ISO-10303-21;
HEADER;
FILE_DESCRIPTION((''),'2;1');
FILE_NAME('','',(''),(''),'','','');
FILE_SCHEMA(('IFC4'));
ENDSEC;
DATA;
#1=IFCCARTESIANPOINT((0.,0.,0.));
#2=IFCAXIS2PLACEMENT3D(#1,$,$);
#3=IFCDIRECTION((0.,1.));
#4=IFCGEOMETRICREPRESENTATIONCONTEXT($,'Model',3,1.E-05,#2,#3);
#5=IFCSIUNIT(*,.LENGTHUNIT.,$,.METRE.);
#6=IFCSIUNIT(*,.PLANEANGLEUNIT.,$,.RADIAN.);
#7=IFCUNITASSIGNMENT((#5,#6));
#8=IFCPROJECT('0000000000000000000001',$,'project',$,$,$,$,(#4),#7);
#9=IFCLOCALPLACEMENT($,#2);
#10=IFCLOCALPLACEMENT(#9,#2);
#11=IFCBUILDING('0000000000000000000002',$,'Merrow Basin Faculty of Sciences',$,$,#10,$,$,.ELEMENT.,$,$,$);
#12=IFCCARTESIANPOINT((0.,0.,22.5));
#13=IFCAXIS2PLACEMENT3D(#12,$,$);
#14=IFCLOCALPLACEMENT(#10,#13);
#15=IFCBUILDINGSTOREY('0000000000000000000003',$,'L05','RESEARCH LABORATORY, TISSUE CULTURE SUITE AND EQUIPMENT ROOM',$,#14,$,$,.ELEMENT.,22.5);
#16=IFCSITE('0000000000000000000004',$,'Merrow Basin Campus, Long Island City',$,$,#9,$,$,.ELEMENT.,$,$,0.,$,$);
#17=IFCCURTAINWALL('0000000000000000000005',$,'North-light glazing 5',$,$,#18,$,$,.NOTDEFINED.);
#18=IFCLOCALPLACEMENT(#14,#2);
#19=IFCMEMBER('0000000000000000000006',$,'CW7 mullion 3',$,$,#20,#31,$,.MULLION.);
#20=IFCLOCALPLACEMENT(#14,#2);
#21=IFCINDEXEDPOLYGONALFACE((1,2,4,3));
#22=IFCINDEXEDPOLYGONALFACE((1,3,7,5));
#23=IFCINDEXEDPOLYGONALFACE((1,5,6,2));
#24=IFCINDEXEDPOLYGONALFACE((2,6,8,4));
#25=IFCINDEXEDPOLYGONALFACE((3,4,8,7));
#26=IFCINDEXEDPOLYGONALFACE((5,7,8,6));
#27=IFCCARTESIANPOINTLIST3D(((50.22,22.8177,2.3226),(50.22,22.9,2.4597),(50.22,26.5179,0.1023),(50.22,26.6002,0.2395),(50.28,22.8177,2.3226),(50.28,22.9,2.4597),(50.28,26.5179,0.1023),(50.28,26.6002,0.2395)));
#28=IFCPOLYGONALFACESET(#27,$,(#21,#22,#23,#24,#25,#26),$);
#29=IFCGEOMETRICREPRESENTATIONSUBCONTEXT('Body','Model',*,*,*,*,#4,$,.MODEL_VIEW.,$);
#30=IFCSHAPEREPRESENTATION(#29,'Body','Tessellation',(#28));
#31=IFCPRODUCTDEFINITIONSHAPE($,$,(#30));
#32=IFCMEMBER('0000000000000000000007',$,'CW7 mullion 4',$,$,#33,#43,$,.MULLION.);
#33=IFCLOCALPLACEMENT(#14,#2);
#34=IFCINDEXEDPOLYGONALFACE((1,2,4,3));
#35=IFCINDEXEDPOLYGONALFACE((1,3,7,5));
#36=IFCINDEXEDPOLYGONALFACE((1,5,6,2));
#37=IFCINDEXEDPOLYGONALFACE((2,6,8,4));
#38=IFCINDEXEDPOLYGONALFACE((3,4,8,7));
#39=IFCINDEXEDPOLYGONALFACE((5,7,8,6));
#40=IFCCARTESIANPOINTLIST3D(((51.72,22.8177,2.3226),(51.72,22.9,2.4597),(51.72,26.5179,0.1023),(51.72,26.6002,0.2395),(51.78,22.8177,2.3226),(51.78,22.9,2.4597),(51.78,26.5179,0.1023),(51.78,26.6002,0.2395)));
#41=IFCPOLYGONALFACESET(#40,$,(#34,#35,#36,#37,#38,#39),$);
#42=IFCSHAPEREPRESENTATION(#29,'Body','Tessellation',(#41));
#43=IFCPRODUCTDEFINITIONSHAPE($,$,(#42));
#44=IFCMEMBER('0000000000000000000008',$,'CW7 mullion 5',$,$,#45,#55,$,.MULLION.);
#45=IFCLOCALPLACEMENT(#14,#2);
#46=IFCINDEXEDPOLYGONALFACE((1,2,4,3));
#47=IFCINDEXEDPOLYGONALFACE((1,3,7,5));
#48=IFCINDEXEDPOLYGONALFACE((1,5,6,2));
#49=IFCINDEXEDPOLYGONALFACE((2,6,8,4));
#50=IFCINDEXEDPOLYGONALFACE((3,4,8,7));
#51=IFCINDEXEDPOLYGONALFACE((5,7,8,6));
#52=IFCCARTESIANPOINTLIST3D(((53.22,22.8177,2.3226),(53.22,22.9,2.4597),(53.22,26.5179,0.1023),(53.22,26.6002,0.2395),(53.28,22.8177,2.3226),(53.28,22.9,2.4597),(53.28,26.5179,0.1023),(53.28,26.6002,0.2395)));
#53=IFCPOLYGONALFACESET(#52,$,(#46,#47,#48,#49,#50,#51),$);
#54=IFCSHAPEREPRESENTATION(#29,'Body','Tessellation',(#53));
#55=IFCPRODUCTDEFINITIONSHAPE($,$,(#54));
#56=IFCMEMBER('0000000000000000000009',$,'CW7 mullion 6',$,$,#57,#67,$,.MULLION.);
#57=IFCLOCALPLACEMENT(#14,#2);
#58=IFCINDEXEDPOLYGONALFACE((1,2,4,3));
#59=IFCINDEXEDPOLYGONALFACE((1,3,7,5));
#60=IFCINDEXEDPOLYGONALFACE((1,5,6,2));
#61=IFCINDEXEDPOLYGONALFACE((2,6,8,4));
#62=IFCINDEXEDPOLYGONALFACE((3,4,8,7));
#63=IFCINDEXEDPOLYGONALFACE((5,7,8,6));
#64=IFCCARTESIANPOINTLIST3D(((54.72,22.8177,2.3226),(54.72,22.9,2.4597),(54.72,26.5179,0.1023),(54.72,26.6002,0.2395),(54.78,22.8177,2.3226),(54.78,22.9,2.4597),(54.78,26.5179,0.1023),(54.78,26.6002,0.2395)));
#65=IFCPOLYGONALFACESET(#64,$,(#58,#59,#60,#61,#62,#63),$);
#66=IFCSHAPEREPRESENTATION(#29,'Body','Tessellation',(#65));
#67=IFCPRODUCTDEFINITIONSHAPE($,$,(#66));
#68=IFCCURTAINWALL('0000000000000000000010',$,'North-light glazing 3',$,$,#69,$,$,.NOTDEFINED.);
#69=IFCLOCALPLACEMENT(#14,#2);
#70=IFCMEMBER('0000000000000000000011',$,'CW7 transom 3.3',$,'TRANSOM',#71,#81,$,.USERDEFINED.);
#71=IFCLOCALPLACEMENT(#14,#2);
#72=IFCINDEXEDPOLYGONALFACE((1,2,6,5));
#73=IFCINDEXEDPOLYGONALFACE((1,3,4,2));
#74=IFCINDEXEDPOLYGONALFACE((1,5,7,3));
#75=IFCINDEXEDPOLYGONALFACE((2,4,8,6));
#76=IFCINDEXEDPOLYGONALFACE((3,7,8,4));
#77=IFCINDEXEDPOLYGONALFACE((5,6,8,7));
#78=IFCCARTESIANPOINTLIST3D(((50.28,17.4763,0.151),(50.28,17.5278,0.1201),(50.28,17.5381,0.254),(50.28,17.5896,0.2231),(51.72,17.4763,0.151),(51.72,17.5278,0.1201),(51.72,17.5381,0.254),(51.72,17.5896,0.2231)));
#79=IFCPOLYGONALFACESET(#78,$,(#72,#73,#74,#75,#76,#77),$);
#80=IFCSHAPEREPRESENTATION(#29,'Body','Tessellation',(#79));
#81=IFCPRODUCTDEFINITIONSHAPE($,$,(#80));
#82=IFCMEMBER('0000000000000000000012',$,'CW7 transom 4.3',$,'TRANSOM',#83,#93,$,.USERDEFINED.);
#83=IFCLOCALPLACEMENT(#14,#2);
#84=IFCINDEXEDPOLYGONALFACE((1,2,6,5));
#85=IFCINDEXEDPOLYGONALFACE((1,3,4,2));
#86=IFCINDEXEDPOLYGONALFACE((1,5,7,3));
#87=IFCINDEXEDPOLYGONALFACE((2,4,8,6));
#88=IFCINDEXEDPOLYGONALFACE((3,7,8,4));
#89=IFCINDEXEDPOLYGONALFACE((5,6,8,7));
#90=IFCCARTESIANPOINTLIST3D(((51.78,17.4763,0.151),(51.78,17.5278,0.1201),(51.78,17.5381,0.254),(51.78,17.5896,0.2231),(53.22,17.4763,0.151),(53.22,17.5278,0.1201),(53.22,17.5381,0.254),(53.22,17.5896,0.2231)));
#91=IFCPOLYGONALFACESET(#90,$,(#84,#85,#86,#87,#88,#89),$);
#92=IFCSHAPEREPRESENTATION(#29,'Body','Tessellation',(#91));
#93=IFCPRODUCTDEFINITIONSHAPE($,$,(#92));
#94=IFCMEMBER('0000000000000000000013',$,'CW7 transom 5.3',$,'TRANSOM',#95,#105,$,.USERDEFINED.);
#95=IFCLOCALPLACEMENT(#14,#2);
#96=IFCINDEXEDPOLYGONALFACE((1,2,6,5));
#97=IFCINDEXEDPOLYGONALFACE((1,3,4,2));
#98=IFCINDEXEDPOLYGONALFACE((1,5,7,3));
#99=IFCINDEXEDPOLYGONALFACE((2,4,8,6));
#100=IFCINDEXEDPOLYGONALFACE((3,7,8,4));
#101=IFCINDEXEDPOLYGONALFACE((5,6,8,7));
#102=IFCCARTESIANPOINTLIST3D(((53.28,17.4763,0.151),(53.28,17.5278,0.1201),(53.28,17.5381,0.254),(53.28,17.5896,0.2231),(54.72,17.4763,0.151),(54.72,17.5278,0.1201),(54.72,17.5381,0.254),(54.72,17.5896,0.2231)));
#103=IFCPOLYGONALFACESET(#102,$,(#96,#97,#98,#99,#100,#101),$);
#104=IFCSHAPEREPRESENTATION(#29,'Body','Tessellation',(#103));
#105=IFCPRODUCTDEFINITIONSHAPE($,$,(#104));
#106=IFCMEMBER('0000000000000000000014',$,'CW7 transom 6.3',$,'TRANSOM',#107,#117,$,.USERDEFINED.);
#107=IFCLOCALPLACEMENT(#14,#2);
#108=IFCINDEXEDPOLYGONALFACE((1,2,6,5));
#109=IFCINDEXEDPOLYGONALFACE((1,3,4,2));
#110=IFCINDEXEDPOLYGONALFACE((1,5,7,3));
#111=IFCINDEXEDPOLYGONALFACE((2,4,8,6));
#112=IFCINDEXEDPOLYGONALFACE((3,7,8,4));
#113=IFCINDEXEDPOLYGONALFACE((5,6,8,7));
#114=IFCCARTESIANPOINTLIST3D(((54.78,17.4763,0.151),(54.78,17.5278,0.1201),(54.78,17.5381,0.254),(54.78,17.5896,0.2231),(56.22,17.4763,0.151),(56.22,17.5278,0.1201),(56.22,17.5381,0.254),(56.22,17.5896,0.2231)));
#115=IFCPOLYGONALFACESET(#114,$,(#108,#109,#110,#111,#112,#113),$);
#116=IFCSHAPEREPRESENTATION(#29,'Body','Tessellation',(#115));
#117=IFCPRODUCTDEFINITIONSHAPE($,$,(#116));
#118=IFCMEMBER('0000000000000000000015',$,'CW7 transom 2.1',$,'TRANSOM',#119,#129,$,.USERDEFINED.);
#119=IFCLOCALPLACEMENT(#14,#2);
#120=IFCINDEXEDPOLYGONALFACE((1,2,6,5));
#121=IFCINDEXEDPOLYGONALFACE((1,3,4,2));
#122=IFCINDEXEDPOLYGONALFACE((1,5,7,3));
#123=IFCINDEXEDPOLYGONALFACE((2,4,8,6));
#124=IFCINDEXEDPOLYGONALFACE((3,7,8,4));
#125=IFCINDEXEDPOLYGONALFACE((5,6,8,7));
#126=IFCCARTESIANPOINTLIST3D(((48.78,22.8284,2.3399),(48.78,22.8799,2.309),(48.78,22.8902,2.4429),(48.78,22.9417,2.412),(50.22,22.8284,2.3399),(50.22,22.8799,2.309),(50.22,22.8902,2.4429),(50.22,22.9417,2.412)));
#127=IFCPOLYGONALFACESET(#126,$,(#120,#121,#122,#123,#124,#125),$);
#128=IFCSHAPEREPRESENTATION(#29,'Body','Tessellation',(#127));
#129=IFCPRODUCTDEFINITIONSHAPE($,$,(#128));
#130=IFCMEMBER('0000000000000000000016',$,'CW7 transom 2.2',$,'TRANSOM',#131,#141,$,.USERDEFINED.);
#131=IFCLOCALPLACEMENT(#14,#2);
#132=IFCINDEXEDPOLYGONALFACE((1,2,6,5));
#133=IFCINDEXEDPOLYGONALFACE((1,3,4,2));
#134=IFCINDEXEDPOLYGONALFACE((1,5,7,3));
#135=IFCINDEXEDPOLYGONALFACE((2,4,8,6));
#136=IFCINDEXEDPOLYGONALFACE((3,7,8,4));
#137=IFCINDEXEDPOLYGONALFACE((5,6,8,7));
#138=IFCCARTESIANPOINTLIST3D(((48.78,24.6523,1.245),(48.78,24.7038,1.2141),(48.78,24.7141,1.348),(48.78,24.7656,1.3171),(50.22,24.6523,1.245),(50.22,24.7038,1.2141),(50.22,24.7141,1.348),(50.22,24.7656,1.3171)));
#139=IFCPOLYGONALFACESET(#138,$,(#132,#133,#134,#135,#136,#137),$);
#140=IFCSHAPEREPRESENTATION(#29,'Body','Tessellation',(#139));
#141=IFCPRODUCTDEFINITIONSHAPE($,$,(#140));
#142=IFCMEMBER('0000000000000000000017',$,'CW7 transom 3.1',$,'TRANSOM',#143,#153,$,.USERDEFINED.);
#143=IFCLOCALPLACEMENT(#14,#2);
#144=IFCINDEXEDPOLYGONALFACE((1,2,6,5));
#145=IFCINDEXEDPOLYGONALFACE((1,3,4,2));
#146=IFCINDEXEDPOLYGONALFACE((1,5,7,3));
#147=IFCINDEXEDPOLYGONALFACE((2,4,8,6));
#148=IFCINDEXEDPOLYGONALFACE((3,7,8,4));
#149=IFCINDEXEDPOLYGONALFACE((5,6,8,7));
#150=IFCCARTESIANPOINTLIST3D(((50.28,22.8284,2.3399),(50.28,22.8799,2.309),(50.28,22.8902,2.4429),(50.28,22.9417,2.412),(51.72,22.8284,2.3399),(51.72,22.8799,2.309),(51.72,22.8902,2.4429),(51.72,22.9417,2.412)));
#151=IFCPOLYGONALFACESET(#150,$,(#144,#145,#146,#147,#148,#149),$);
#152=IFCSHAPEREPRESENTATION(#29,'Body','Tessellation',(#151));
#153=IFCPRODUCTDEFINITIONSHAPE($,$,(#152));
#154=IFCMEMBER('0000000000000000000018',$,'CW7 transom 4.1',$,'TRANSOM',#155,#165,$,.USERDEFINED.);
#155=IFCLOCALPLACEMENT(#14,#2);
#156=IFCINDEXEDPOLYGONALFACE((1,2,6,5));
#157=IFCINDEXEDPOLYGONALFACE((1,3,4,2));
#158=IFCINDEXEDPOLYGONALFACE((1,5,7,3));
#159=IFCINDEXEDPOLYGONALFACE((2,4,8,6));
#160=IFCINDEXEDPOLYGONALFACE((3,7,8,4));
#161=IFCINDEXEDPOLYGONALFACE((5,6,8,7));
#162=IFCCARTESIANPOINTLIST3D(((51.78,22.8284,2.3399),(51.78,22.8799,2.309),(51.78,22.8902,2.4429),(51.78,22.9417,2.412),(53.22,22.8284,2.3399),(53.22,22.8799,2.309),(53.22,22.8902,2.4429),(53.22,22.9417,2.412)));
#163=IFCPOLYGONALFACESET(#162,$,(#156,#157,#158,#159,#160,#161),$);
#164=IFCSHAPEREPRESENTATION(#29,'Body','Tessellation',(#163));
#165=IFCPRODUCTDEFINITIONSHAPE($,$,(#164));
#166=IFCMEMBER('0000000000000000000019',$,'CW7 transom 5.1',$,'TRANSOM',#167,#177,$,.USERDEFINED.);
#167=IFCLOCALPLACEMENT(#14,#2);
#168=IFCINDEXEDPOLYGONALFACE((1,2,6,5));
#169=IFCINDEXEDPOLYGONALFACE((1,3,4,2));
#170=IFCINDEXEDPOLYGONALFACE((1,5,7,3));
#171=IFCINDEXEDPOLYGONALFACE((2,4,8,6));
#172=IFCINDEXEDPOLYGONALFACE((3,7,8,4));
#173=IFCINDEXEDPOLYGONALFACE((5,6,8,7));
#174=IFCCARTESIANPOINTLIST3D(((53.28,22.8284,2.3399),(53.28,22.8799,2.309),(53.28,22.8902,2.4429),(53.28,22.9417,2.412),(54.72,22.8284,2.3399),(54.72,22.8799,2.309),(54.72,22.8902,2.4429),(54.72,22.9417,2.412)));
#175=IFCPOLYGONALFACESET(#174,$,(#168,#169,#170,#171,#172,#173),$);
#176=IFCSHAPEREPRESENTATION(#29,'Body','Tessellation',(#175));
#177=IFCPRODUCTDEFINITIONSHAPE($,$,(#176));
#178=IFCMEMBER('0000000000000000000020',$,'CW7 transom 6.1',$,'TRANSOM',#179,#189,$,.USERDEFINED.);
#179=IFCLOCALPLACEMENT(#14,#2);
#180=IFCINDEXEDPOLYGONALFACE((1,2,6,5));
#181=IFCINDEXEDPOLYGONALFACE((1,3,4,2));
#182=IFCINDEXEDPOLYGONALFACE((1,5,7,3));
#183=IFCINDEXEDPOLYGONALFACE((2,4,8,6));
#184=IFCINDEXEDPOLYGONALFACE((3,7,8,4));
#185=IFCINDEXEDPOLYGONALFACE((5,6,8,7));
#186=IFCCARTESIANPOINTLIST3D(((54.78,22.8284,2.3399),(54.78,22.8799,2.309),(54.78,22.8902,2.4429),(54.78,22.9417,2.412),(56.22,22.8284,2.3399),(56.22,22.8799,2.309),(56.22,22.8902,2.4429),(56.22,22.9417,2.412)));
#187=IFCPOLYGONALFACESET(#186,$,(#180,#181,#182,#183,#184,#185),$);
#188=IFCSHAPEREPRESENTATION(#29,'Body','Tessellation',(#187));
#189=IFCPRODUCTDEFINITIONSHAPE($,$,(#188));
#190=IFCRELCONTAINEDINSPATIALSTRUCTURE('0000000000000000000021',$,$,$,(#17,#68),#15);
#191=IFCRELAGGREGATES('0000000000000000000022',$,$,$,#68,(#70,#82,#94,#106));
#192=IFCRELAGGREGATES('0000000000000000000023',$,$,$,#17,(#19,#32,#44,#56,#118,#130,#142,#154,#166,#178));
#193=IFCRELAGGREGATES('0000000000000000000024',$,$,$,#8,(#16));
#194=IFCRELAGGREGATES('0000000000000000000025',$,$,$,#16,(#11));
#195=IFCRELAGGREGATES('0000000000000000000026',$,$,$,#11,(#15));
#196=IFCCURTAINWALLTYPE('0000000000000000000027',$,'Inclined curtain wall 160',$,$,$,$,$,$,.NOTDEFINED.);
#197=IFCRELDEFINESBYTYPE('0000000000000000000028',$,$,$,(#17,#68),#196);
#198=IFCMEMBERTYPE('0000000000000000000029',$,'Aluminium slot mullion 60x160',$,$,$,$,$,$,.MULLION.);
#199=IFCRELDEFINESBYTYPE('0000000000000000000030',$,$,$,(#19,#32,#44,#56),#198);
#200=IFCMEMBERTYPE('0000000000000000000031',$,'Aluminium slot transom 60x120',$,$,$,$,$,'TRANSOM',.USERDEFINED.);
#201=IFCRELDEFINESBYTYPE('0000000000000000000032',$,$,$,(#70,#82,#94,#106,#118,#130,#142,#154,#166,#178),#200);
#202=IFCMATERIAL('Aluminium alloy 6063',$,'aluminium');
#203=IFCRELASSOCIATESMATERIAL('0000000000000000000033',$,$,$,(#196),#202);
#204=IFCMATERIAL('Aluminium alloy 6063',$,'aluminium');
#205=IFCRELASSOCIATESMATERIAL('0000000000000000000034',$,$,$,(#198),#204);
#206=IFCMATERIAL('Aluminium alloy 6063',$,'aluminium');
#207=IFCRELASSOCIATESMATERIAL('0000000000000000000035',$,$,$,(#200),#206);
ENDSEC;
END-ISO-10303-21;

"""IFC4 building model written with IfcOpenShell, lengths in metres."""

from ifc_helpers import new_model, si_unit, direction, frame, origin, origin_2d, place, context, subcontext, project, spatial, rectangle, extrude, material, material_profile, profile_set, type_object, element, aggregate, save


model = new_model("IFC4")

# Units and contexts
model_context = context("Model", 3, precision=1e-05, world=origin(), true_north=direction((0.0, 1.0)))
body_context = subcontext(model_context, "Body", "Model", "MODEL_VIEW")
ifc_project = project(units=[si_unit("LENGTHUNIT", "METRE"), si_unit("PLANEANGLEUNIT", "RADIAN")], contexts=[model_context])

# Site, building, storey
site_placement = place(None, origin())
site = spatial("IfcSite", under=ifc_project, at=site_placement, Name="Merrow Basin Campus, Long Island City", CompositionType="ELEMENT", RefElevation=0.0)
building_placement = place(site_placement, origin())
building = spatial("IfcBuilding", under=site, at=building_placement, Name="Merrow Basin Faculty of Sciences", CompositionType="ELEMENT")
storey_placement = place(building_placement, frame((0.0, 0.0, 22.5)))
storey = spatial("IfcBuildingStorey", under=building, at=storey_placement, Name="L05", Description="RESEARCH LABORATORY, TISSUE CULTURE SUITE AND EQUIPMENT ROOM", CompositionType="ELEMENT", Elevation=22.5)

# Curtain walls, members
ifc_material_1 = material(Name="Aluminium alloy 6063", Category="aluminium")
curtain_wall_type = type_object("IfcCurtainWallType", Name="Inclined curtain wall 160", PredefinedType="NOTDEFINED", material=ifc_material_1)
curtain_wall_1_placement = place(storey_placement, origin())
curtain_wall_1 = element("IfcCurtainWall", 1, at=curtain_wall_1_placement, inside=storey, type_object=curtain_wall_type, Name="North-light glazing 5", PredefinedType="NOTDEFINED")
ifc_material_2 = material(Name="Aluminium alloy 6063", Category="aluminium")
ifc_material_profile_1 = material_profile(ifc_material_2, rectangle(XDim=0.0601, YDim=0.1599, at=origin_2d()))
ifc_profile_set_1 = profile_set([ifc_material_profile_1], Name="Aluminium alloy 6063")
member_type_1 = type_object("IfcMemberType", Name="Aluminium slot mullion 60x160", PredefinedType="MULLION", material=ifc_profile_set_1)
member_1_placement = place(storey_placement, frame((50.25, 22.8589, 2.3911), z_axis=(0.0, 0.857483, -0.514512), x_axis=(-1.0, 0.0, 0.0)))
member_1 = element("IfcMember", 2, at=member_1_placement, type_object=member_type_1, Name="CW7 mullion 3", PredefinedType="MULLION", context=body_context, shape_type="SweptSolid", body=[
    extrude(rectangle(XDim=0.0601, YDim=0.1599, at=origin_2d()), origin(), (0.0, 0.0, 1.0), 4.3152),
])
member_2_placement = place(storey_placement, frame((51.75, 22.8589, 2.3911), z_axis=(0.0, 0.857483, -0.514512), x_axis=(-1.0, 0.0, 0.0)))
member_2 = element("IfcMember", 3, at=member_2_placement, type_object=member_type_1, Name="CW7 mullion 4", PredefinedType="MULLION", context=body_context, shape_type="SweptSolid", body=[
    extrude(rectangle(XDim=0.0601, YDim=0.1599, at=origin_2d()), origin(), (0.0, 0.0, 1.0), 4.3152),
])
member_3_placement = place(storey_placement, frame((53.25, 22.8589, 2.3911), z_axis=(0.0, 0.857483, -0.514512), x_axis=(-1.0, 0.0, 0.0)))
member_3 = element("IfcMember", 4, at=member_3_placement, type_object=member_type_1, Name="CW7 mullion 5", PredefinedType="MULLION", context=body_context, shape_type="SweptSolid", body=[
    extrude(rectangle(XDim=0.0601, YDim=0.1599, at=origin_2d()), origin(), (0.0, 0.0, 1.0), 4.3152),
])
member_4_placement = place(storey_placement, frame((54.75, 22.8589, 2.3911), z_axis=(0.0, 0.857483, -0.514512), x_axis=(-1.0, 0.0, 0.0)))
member_4 = element("IfcMember", 5, at=member_4_placement, type_object=member_type_1, Name="CW7 mullion 6", PredefinedType="MULLION", context=body_context, shape_type="SweptSolid", body=[
    extrude(rectangle(XDim=0.0601, YDim=0.1599, at=origin_2d()), origin(), (0.0, 0.0, 1.0), 4.3152),
])
curtain_wall_2_placement = place(storey_placement, origin())
curtain_wall_2 = element("IfcCurtainWall", 6, at=curtain_wall_2_placement, inside=storey, type_object=curtain_wall_type, Name="North-light glazing 3", PredefinedType="NOTDEFINED")
ifc_material_3 = material(Name="Aluminium alloy 6063", Category="aluminium")
ifc_material_profile_2 = material_profile(ifc_material_3, rectangle(XDim=0.0601, YDim=0.1201, at=origin_2d()))
ifc_profile_set_2 = profile_set([ifc_material_profile_2], Name="Aluminium alloy 6063")
member_type_2 = type_object("IfcMemberType", Name="Aluminium slot transom 60x120", ElementType="TRANSOM", PredefinedType="USERDEFINED", material=ifc_profile_set_2)
member_5_placement = place(storey_placement, frame((50.28, 17.533, 0.187), z_axis=(1.0, 0.0, 0.0), x_axis=(0.0, 0.857493, -0.514496)))
member_5 = element("IfcMember", 7, at=member_5_placement, type_object=member_type_2, Name="CW7 transom 3.3", ObjectType="TRANSOM", PredefinedType="USERDEFINED", context=body_context, shape_type="SweptSolid", body=[
    extrude(rectangle(XDim=0.0601, YDim=0.1201, at=origin_2d()), origin(), (0.0, 0.0, 1.0), 1.4399),
])
member_6_placement = place(storey_placement, frame((51.78, 17.533, 0.187), z_axis=(1.0, 0.0, 0.0), x_axis=(0.0, 0.857493, -0.514496)))
member_6 = element("IfcMember", 8, at=member_6_placement, type_object=member_type_2, Name="CW7 transom 4.3", ObjectType="TRANSOM", PredefinedType="USERDEFINED", context=body_context, shape_type="SweptSolid", body=[
    extrude(rectangle(XDim=0.0601, YDim=0.1201, at=origin_2d()), origin(), (0.0, 0.0, 1.0), 1.4399),
])
member_7_placement = place(storey_placement, frame((53.28, 17.533, 0.187), z_axis=(1.0, 0.0, 0.0), x_axis=(0.0, 0.857493, -0.514496)))
member_7 = element("IfcMember", 9, at=member_7_placement, type_object=member_type_2, Name="CW7 transom 5.3", ObjectType="TRANSOM", PredefinedType="USERDEFINED", context=body_context, shape_type="SweptSolid", body=[
    extrude(rectangle(XDim=0.0601, YDim=0.1201, at=origin_2d()), origin(), (0.0, 0.0, 1.0), 1.4399),
])
member_8_placement = place(storey_placement, frame((54.78, 17.533, 0.187), z_axis=(1.0, 0.0, 0.0), x_axis=(0.0, 0.857493, -0.514496)))
member_8 = element("IfcMember", 10, at=member_8_placement, type_object=member_type_2, Name="CW7 transom 6.3", ObjectType="TRANSOM", PredefinedType="USERDEFINED", context=body_context, shape_type="SweptSolid", body=[
    extrude(rectangle(XDim=0.0601, YDim=0.1201, at=origin_2d()), origin(), (0.0, 0.0, 1.0), 1.4399),
])

# Members
member_9_placement = place(storey_placement, frame((48.78, 22.885, 2.376), z_axis=(1.0, 0.0, 0.0), x_axis=(0.0, 0.857493, -0.514496)))
member_9 = element("IfcMember", 11, at=member_9_placement, type_object=member_type_2, Name="CW7 transom 2.1", ObjectType="TRANSOM", PredefinedType="USERDEFINED", context=body_context, shape_type="SweptSolid", body=[
    extrude(rectangle(XDim=0.0601, YDim=0.1201, at=origin_2d()), origin(), (0.0, 0.0, 1.0), 1.4399),
])
member_10_placement = place(storey_placement, frame((48.78, 24.709, 1.281), z_axis=(1.0, 0.0, 0.0), x_axis=(0.0, 0.857493, -0.514496)))
member_10 = element("IfcMember", 12, at=member_10_placement, type_object=member_type_2, Name="CW7 transom 2.2", ObjectType="TRANSOM", PredefinedType="USERDEFINED", context=body_context, shape_type="SweptSolid", body=[
    extrude(rectangle(XDim=0.0601, YDim=0.1201, at=origin_2d()), origin(), (0.0, 0.0, 1.0), 1.4399),
])
member_11_placement = place(storey_placement, frame((50.28, 22.885, 2.376), z_axis=(1.0, 0.0, 0.0), x_axis=(0.0, 0.857493, -0.514496)))
member_11 = element("IfcMember", 13, at=member_11_placement, type_object=member_type_2, Name="CW7 transom 3.1", ObjectType="TRANSOM", PredefinedType="USERDEFINED", context=body_context, shape_type="SweptSolid", body=[
    extrude(rectangle(XDim=0.0601, YDim=0.1201, at=origin_2d()), origin(), (0.0, 0.0, 1.0), 1.4399),
])
member_12_placement = place(storey_placement, frame((51.78, 22.885, 2.376), z_axis=(1.0, 0.0, 0.0), x_axis=(0.0, 0.857493, -0.514496)))
member_12 = element("IfcMember", 14, at=member_12_placement, type_object=member_type_2, Name="CW7 transom 4.1", ObjectType="TRANSOM", PredefinedType="USERDEFINED", context=body_context, shape_type="SweptSolid", body=[
    extrude(rectangle(XDim=0.0601, YDim=0.1201, at=origin_2d()), origin(), (0.0, 0.0, 1.0), 1.4399),
])
member_13_placement = place(storey_placement, frame((53.28, 22.885, 2.376), z_axis=(1.0, 0.0, 0.0), x_axis=(0.0, 0.857493, -0.514496)))
member_13 = element("IfcMember", 15, at=member_13_placement, type_object=member_type_2, Name="CW7 transom 5.1", ObjectType="TRANSOM", PredefinedType="USERDEFINED", context=body_context, shape_type="SweptSolid", body=[
    extrude(rectangle(XDim=0.0601, YDim=0.1201, at=origin_2d()), origin(), (0.0, 0.0, 1.0), 1.4399),
])
member_14_placement = place(storey_placement, frame((54.78, 22.885, 2.376), z_axis=(1.0, 0.0, 0.0), x_axis=(0.0, 0.857493, -0.514496)))
member_14 = element("IfcMember", 16, at=member_14_placement, type_object=member_type_2, Name="CW7 transom 6.1", ObjectType="TRANSOM", PredefinedType="USERDEFINED", context=body_context, shape_type="SweptSolid", body=[
    extrude(rectangle(XDim=0.0601, YDim=0.1201, at=origin_2d()), origin(), (0.0, 0.0, 1.0), 1.4399),
])

aggregate(curtain_wall_2, [member_5, member_6, member_7, member_8])
aggregate(curtain_wall_1, [member_1, member_2, member_3, member_4, member_9, member_10, member_11, member_12, member_13, member_14])

save(model, "model.ifc")
